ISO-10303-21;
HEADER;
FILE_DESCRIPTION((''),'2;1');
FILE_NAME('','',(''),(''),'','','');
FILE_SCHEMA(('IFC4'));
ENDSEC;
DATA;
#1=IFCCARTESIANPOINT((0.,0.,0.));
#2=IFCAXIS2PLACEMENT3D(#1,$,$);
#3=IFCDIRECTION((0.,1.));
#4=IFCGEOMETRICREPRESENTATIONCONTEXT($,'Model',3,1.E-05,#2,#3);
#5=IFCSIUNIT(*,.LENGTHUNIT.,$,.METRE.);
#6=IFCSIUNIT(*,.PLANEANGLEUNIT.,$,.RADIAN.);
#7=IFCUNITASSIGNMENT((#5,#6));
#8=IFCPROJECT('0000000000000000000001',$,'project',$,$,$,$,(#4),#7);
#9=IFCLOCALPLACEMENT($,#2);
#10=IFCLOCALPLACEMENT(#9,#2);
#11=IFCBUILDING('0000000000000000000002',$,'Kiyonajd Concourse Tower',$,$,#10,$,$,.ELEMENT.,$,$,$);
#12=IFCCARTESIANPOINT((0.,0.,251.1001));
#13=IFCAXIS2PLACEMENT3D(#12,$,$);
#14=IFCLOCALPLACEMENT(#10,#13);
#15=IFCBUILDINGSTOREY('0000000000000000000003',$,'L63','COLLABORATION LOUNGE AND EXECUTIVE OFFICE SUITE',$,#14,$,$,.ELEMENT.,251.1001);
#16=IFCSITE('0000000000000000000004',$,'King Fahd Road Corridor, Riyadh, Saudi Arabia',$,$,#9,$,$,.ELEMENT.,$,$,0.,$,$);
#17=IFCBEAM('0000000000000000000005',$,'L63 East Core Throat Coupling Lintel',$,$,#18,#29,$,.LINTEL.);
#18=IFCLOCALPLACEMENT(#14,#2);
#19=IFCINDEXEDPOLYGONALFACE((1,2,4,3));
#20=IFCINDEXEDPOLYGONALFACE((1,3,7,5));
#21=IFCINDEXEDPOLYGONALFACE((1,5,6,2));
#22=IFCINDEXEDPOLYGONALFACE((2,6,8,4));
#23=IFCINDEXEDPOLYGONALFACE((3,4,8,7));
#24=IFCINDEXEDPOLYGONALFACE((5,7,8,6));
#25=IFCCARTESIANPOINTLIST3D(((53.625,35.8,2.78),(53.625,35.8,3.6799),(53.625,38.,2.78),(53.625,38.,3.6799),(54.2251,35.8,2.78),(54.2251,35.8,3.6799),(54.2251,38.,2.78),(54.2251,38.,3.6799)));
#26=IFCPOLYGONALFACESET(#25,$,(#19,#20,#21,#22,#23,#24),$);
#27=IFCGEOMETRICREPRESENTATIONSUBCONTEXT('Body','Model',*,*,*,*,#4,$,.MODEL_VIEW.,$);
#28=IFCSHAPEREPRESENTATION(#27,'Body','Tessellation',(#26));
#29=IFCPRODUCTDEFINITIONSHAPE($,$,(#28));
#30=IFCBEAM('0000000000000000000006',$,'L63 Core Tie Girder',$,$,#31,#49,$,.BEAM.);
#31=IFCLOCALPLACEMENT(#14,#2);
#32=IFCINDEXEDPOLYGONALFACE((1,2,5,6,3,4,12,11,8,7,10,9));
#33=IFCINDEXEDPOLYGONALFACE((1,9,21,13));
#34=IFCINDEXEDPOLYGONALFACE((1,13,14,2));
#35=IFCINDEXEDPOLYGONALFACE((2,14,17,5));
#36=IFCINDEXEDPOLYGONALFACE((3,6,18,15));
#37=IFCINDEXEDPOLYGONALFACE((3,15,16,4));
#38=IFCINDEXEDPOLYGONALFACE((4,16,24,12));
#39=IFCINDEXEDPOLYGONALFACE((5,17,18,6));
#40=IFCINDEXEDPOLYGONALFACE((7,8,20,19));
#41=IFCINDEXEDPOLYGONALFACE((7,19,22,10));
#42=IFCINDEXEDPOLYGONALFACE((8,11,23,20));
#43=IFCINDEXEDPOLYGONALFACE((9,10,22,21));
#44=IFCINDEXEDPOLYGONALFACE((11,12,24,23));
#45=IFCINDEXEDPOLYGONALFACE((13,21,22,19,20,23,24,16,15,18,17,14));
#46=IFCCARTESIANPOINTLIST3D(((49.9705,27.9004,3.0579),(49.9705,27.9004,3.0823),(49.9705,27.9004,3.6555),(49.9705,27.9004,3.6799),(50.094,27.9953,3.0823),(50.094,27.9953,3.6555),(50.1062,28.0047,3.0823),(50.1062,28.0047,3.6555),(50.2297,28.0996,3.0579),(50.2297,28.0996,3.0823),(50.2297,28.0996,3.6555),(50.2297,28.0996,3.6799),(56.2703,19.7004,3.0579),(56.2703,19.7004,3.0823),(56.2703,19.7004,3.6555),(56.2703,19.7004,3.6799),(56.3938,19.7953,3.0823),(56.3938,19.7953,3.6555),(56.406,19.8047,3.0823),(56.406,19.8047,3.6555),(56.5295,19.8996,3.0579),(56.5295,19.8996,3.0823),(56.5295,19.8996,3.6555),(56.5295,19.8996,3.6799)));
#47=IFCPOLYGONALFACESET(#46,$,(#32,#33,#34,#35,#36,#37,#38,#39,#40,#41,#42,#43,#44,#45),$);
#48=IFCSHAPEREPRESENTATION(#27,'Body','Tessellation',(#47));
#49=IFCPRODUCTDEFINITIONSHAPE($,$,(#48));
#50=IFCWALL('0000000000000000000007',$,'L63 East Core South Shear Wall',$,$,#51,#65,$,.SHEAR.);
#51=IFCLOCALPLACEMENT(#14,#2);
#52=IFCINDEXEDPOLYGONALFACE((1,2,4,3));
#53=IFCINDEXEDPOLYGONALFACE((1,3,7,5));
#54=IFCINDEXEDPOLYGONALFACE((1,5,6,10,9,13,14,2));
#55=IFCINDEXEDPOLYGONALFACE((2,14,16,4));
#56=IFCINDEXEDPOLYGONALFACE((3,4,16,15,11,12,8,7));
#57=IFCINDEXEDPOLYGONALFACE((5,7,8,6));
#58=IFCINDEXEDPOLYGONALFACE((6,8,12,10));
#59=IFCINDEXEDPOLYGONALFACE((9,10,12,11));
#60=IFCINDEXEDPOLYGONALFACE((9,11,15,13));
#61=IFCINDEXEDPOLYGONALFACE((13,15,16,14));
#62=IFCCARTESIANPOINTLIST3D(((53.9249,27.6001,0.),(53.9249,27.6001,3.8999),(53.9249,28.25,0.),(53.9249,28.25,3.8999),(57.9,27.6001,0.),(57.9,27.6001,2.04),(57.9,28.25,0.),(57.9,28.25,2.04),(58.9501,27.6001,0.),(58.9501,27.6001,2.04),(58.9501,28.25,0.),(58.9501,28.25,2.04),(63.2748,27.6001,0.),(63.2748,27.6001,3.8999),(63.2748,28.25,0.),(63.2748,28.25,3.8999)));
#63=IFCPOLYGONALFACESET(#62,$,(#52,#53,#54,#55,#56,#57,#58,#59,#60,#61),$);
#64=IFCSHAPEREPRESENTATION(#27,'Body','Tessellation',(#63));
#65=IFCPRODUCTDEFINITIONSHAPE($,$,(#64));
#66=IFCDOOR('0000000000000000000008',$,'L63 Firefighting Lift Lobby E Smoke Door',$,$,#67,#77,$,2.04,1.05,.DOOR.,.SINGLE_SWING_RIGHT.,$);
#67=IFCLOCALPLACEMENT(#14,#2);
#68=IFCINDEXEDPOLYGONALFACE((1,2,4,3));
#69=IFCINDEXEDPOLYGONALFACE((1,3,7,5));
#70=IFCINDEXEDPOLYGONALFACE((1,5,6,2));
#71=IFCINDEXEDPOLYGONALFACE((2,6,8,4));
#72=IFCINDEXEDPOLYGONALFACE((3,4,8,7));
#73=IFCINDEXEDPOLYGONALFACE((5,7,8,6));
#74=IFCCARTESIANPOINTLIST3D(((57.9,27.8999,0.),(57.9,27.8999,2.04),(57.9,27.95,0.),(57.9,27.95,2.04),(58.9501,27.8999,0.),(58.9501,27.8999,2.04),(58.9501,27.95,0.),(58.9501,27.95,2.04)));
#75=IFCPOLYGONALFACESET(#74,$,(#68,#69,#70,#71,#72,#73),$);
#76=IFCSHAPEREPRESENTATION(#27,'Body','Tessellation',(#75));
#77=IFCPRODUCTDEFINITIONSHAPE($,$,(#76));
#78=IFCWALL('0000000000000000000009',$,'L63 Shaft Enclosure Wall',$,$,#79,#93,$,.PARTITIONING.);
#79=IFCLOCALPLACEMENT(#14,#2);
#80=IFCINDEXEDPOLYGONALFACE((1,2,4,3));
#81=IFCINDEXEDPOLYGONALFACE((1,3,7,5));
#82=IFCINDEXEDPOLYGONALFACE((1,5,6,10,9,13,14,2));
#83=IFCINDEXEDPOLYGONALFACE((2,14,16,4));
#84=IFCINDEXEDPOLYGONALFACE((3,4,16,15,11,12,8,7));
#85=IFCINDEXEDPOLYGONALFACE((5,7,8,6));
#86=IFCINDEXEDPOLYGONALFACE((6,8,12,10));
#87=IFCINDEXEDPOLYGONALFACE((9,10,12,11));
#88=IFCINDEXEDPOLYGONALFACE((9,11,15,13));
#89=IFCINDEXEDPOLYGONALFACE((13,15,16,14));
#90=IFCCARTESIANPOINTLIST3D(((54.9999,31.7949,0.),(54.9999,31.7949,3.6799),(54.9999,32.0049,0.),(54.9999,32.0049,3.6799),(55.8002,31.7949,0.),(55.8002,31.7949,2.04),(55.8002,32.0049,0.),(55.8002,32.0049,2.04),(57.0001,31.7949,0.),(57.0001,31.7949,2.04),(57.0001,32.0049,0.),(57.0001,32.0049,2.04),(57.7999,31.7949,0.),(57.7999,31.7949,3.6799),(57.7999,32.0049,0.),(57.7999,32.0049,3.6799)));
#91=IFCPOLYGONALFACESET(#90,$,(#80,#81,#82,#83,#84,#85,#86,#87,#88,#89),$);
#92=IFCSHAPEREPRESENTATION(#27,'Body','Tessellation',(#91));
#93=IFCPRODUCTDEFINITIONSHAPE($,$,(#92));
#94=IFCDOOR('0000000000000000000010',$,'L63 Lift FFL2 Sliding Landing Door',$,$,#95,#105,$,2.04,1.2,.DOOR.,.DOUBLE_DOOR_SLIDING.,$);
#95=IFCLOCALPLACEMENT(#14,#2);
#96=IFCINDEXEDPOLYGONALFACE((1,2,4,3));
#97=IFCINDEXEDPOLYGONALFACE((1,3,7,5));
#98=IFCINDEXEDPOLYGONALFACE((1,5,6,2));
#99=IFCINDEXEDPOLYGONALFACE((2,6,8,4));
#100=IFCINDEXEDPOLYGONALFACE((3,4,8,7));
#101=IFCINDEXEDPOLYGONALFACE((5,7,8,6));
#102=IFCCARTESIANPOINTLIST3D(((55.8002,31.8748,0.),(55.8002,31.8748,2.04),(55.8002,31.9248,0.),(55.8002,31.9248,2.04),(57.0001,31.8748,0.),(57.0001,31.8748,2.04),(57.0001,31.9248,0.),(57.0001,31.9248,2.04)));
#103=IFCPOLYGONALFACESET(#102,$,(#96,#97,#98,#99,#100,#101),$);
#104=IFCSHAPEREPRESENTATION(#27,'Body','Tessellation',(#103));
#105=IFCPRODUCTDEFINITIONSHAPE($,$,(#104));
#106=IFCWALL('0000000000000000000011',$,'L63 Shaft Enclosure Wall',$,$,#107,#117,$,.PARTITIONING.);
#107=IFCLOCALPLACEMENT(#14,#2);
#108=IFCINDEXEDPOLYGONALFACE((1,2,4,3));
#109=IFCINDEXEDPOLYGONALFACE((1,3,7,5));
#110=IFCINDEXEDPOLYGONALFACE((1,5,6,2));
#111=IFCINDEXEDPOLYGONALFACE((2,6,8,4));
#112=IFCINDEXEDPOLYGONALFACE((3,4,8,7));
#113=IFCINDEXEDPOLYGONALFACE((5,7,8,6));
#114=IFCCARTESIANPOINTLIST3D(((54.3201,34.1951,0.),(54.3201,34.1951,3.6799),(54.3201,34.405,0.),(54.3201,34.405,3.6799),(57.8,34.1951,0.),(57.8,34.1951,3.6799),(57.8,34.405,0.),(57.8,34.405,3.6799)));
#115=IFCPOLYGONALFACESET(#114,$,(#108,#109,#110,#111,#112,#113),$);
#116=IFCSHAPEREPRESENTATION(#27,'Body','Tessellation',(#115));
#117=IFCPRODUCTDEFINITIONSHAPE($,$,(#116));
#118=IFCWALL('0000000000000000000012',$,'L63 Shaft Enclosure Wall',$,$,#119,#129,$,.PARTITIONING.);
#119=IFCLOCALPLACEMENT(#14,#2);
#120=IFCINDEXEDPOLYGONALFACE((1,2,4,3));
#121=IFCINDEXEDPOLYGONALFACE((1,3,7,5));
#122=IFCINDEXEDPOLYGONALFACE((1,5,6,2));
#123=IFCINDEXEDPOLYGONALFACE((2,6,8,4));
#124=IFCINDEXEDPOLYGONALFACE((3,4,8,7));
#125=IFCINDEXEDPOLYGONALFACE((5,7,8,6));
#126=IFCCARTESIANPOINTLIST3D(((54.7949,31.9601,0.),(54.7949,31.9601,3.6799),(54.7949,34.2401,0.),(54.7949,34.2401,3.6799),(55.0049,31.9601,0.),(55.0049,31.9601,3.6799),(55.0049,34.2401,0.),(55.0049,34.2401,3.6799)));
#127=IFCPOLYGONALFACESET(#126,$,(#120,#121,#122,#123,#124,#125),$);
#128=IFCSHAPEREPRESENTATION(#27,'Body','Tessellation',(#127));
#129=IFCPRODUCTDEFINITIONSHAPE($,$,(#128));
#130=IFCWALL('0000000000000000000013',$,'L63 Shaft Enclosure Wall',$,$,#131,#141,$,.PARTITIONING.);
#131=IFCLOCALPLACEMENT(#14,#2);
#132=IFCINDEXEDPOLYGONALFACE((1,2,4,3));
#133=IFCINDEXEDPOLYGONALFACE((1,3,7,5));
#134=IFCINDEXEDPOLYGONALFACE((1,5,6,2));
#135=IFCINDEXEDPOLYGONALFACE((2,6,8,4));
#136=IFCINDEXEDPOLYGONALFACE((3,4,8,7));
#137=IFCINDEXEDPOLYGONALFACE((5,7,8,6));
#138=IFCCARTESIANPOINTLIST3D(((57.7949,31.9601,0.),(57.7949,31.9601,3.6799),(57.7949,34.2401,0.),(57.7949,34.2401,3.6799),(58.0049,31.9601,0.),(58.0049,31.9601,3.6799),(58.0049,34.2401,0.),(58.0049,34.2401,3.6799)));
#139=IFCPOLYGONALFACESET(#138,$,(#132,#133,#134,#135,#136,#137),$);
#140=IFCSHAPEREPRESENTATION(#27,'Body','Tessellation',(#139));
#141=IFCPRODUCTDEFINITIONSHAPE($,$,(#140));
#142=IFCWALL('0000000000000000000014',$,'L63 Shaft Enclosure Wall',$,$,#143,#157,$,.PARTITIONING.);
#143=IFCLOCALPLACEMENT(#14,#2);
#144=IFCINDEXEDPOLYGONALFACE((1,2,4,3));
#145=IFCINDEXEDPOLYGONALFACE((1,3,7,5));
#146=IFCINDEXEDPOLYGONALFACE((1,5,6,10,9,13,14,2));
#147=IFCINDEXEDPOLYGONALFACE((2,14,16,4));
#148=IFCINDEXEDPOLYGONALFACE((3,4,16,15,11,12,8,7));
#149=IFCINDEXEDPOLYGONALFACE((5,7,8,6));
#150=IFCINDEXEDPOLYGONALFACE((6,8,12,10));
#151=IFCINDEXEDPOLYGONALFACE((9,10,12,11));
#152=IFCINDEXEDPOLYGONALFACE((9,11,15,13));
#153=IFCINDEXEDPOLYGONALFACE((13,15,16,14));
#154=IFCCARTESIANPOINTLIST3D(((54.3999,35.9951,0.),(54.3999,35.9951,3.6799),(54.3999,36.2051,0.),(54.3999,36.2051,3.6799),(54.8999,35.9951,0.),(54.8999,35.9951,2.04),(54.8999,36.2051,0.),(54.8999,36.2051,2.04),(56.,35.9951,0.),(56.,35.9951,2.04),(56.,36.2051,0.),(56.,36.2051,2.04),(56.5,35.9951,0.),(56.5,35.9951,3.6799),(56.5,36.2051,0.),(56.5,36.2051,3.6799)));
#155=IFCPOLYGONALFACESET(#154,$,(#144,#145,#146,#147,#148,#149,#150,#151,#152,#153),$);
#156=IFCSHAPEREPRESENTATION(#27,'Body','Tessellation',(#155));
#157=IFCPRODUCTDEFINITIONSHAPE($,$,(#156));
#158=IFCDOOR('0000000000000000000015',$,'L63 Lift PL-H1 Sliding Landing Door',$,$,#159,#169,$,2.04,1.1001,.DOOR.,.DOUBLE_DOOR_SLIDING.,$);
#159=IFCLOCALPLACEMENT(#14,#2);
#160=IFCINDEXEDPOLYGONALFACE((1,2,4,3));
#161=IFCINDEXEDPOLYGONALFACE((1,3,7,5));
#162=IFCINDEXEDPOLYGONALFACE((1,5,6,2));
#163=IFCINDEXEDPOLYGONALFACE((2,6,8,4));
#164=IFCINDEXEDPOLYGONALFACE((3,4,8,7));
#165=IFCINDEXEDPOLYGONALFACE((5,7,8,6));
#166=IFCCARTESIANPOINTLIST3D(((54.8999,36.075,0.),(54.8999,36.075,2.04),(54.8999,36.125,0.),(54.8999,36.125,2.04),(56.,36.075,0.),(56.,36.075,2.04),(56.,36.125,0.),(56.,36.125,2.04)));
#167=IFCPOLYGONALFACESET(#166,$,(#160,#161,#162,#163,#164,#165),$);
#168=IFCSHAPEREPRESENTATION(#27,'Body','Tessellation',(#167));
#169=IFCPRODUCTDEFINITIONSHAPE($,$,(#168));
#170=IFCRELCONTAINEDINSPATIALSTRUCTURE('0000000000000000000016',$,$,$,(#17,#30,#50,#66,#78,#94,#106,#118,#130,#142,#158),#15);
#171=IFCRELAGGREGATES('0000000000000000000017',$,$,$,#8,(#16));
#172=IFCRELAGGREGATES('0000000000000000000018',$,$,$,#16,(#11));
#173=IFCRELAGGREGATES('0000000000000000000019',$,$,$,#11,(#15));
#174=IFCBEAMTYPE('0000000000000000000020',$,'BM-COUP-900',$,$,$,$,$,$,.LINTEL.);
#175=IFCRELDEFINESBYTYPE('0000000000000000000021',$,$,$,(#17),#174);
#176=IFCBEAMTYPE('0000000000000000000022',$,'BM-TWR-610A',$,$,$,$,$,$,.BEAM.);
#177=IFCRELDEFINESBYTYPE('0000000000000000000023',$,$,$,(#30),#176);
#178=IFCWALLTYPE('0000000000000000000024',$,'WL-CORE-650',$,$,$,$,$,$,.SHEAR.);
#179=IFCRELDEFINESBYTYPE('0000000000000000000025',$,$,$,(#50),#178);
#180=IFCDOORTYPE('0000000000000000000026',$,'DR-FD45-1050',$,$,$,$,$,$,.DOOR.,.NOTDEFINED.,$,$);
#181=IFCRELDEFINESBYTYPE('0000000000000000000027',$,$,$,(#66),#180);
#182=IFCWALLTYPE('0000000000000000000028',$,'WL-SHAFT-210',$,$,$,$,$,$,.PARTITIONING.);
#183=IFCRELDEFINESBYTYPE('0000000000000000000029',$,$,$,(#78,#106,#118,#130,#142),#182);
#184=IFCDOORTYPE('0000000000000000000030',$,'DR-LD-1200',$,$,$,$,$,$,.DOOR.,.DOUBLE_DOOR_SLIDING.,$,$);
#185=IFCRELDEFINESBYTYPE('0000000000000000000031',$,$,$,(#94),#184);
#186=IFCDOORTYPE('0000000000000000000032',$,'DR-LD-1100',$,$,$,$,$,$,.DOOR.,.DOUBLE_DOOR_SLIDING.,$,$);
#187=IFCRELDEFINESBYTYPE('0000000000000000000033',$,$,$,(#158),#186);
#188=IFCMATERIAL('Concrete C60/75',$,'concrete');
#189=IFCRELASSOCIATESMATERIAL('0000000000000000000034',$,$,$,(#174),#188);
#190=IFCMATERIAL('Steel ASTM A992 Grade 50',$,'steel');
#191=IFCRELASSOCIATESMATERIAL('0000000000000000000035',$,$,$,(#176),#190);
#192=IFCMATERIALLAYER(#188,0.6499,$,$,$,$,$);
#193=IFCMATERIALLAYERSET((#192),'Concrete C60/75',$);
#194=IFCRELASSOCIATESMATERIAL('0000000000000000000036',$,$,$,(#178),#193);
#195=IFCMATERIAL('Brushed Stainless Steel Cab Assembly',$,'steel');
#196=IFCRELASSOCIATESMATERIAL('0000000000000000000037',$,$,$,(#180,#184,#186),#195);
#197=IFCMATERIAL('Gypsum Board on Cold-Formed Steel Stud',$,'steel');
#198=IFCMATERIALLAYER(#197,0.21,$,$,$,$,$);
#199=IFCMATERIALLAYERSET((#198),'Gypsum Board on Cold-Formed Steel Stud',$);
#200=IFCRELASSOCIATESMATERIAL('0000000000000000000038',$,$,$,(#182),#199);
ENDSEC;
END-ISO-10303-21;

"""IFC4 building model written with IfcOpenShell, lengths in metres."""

from ifc_helpers import new_model, si_unit, direction, frame, frame_2d, origin, origin_2d, place, context, subcontext, project, spatial, rectangle, i_section, extrude, material, layer, layer_set, material_profile, profile_set, type_object, element, fill, save


model = new_model("IFC4")

# Units and contexts
model_context = context("Model", 3, precision=1e-05, world=origin(), true_north=direction((0.0, 1.0)))
body_context = subcontext(model_context, "Body", "Model", "MODEL_VIEW")
ifc_project = project(units=[si_unit("LENGTHUNIT", "METRE"), si_unit("PLANEANGLEUNIT", "RADIAN")], contexts=[model_context])

# Site, building, storey
site_placement = place(None, origin())
site = spatial("IfcSite", under=ifc_project, at=site_placement, Name="King Fahd Road Corridor, Riyadh, Saudi Arabia", CompositionType="ELEMENT", RefElevation=0.0)
building_placement = place(site_placement, origin())
building = spatial("IfcBuilding", under=site, at=building_placement, Name="Kiyonajd Concourse Tower", CompositionType="ELEMENT")
storey_placement = place(building_placement, frame((0.0, 0.0, 251.1001)))
storey = spatial("IfcBuildingStorey", under=building, at=storey_placement, Name="L63", Description="COLLABORATION LOUNGE AND EXECUTIVE OFFICE SUITE", CompositionType="ELEMENT", Elevation=251.1001)

# Beams
ifc_material_1 = material(Name="Concrete C60/75", Category="concrete")
ifc_material_profile_1 = material_profile(ifc_material_1, rectangle(XDim=0.6001, YDim=0.8999, at=origin_2d()), Name="RCBM-600x900")
ifc_profile_set_1 = profile_set([ifc_material_profile_1], Name="Concrete C60/75")
beam_type_1 = type_object("IfcBeamType", Name="BM-COUP-900", PredefinedType="LINTEL", material=ifc_profile_set_1)
beam_1_placement = place(storey_placement, frame((53.925, 35.8, 3.23), z_axis=(0.0, 1.0, 0.0), x_axis=(-1.0, 0.0, 0.0)))
element("IfcBeam", 1, at=beam_1_placement, inside=storey, type_object=beam_type_1, Name="L63 East Core Throat Coupling Lintel", PredefinedType="LINTEL", context=body_context, shape_type="SweptSolid", body=[
    extrude(rectangle(XDim=0.6001, YDim=0.8999, at=origin_2d()), origin(), (0.0, 0.0, 1.0), 2.2),
])
ifc_material_2 = material(Name="Steel ASTM A992 Grade 50", Category="steel")
ifc_material_profile_2 = material_profile(ifc_material_2, i_section(OverallWidth=0.3269, OverallDepth=0.6221, WebThickness=0.0154, FlangeThickness=0.0244, at=origin_2d()), Name="W610X195")
ifc_profile_set_2 = profile_set([ifc_material_profile_2], Name="Steel ASTM A992 Grade 50")
beam_type_2 = type_object("IfcBeamType", Name="BM-TWR-610A", PredefinedType="BEAM", material=ifc_profile_set_2)
beam_2_placement = place(storey_placement, frame((50.1001, 28.0, 3.3689), z_axis=(0.609234, -0.792991, 0.0), x_axis=(0.792991, 0.609234, 0.0)))
element("IfcBeam", 2, at=beam_2_placement, inside=storey, type_object=beam_type_2, Name="L63 Core Tie Girder", PredefinedType="BEAM", context=body_context, shape_type="SweptSolid", body=[
    extrude(i_section(OverallWidth=0.3269, OverallDepth=0.6221, WebThickness=0.0154, FlangeThickness=0.0244, at=origin_2d()), origin(), (0.0, 0.0, 1.0), 10.3406),
])

# Walls, openings, doors
ifc_layer_1 = layer(ifc_material_1, 0.6499)
ifc_layer_set_1 = layer_set([ifc_layer_1], Name="Concrete C60/75")
wall_type_1 = type_object("IfcWallType", Name="WL-CORE-650", PredefinedType="SHEAR", material=ifc_layer_set_1)
wall_1_placement = place(storey_placement, frame((53.925, 27.925, 0.0), z_axis=(0.0, 0.0, 1.0), x_axis=(1.0, 0.0, 0.0)))
wall_1 = element("IfcWall", 3, at=wall_1_placement, inside=storey, type_object=wall_type_1, Name="L63 East Core South Shear Wall", PredefinedType="SHEAR", context=body_context, shape_type="SweptSolid", body=[
    extrude(rectangle(XDim=9.3499, YDim=0.6499, at=frame_2d((4.6748, 0.0))), origin(), (0.0, 0.0, 1.0), 3.8999),
])
opening_1_placement = place(wall_1_placement, frame((3.9751, 0.0, 0.0)))
opening_1 = element("IfcOpeningElement", 4, at=opening_1_placement, cuts=wall_1, PredefinedType="OPENING", context=body_context, shape_type="SweptSolid", body=[
    extrude(rectangle(XDim=1.05, YDim=2.04, at=frame_2d((0.5249, 1.02))), frame((0.0, 0.335, 0.0), z_axis=(0.0, -1.0, 0.0), x_axis=(1.0, 0.0, 0.0)), (0.0, 0.0, 1.0), 0.6699),
])
ifc_material_3 = material(Name="Brushed Stainless Steel Cab Assembly", Category="steel")
door_type_1 = type_object("IfcDoorType", Name="DR-FD45-1050", OperationType="NOTDEFINED", PredefinedType="DOOR", material=ifc_material_3)
door_1_placement = place(opening_1_placement, origin())
door_1 = element("IfcDoor", 5, at=door_1_placement, inside=storey, type_object=door_type_1, Name="L63 Firefighting Lift Lobby E Smoke Door", OperationType="SINGLE_SWING_RIGHT", OverallHeight=2.04, OverallWidth=1.05, PredefinedType="DOOR", context=body_context, shape_type="SweptSolid", body=[
    extrude(rectangle(XDim=1.05, YDim=2.04, at=frame_2d((0.5249, 1.02))), frame((0.0, 0.0249, 0.0), z_axis=(0.0, -1.0, 0.0), x_axis=(1.0, 0.0, 0.0)), (0.0, 0.0, 1.0), 0.05),
])
fill(opening_1, door_1)
ifc_material_4 = material(Name="Gypsum Board on Cold-Formed Steel Stud", Category="steel")
ifc_layer_2 = layer(ifc_material_4, 0.21)
ifc_layer_set_2 = layer_set([ifc_layer_2], Name="Gypsum Board on Cold-Formed Steel Stud")
wall_type_2 = type_object("IfcWallType", Name="WL-SHAFT-210", PredefinedType="PARTITIONING", material=ifc_layer_set_2)
wall_2_placement = place(storey_placement, frame((55.0, 31.8999, 0.0), z_axis=(0.0, 0.0, 1.0), x_axis=(1.0, 0.0, 0.0)))
wall_2 = element("IfcWall", 6, at=wall_2_placement, inside=storey, type_object=wall_type_2, Name="L63 Shaft Enclosure Wall", PredefinedType="PARTITIONING", context=body_context, shape_type="SweptSolid", body=[
    extrude(rectangle(XDim=2.8, YDim=0.21, at=frame_2d((1.3999, 0.0))), origin(), (0.0, 0.0, 1.0), 3.6799),
])
opening_2_placement = place(wall_2_placement, frame((0.8, 0.0, 0.0)))
opening_2 = element("IfcOpeningElement", 7, at=opening_2_placement, cuts=wall_2, PredefinedType="OPENING", context=body_context, shape_type="SweptSolid", body=[
    extrude(rectangle(XDim=1.2, YDim=2.04, at=frame_2d((0.6001, 1.02))), frame((0.0, 0.115, 0.0), z_axis=(0.0, -1.0, 0.0), x_axis=(1.0, 0.0, 0.0)), (0.0, 0.0, 1.0), 0.23),
])
door_type_2 = type_object("IfcDoorType", Name="DR-LD-1200", OperationType="DOUBLE_DOOR_SLIDING", PredefinedType="DOOR", material=ifc_material_3)
door_2_placement = place(opening_2_placement, origin())
door_2 = element("IfcDoor", 8, at=door_2_placement, inside=storey, type_object=door_type_2, Name="L63 Lift FFL2 Sliding Landing Door", OperationType="DOUBLE_DOOR_SLIDING", OverallHeight=2.04, OverallWidth=1.2, PredefinedType="DOOR", context=body_context, shape_type="SweptSolid", body=[
    extrude(rectangle(XDim=1.2, YDim=2.04, at=frame_2d((0.6001, 1.02))), frame((0.0, 0.0249, 0.0), z_axis=(0.0, -1.0, 0.0), x_axis=(1.0, 0.0, 0.0)), (0.0, 0.0, 1.0), 0.05),
])
fill(opening_2, door_2)

# Walls
wall_3_placement = place(storey_placement, frame((54.3201, 34.3, 0.0), z_axis=(0.0, 0.0, 1.0), x_axis=(1.0, 0.0, 0.0)))
element("IfcWall", 9, at=wall_3_placement, inside=storey, type_object=wall_type_2, Name="L63 Shaft Enclosure Wall", PredefinedType="PARTITIONING", context=body_context, shape_type="SweptSolid", body=[
    extrude(rectangle(XDim=3.48, YDim=0.21, at=frame_2d((1.74, 0.0))), origin(), (0.0, 0.0, 1.0), 3.6799),
])
for number, where, z_axis, x_axis, name in (
    (10, (54.8999, 31.96, 0.0), (0.0, 0.0, 1.0), (0.0, 1.0, 0.0), "L63 Shaft Enclosure Wall"),
    (11, (57.8999, 31.96, 0.0), (0.0, 0.0, 1.0), (0.0, 1.0, 0.0), "L63 Shaft Enclosure Wall"),
):
    element("IfcWall", number, at=place(storey_placement, frame(where, z_axis=z_axis, x_axis=x_axis)), inside=storey, type_object=wall_type_2, Name=name, PredefinedType="PARTITIONING", context=body_context, shape_type="SweptSolid", body=[
        extrude(rectangle(XDim=2.28, YDim=0.21, at=frame_2d((1.1401, 0.0))), origin(), (0.0, 0.0, 1.0), 3.6799),
    ])

# Wall, opening, door
wall_4_placement = place(storey_placement, frame((54.3999, 36.1001, 0.0), z_axis=(0.0, 0.0, 1.0), x_axis=(1.0, 0.0, 0.0)))
wall_4 = element("IfcWall", 12, at=wall_4_placement, inside=storey, type_object=wall_type_2, Name="L63 Shaft Enclosure Wall", PredefinedType="PARTITIONING", context=body_context, shape_type="SweptSolid", body=[
    extrude(rectangle(XDim=2.1001, YDim=0.21, at=frame_2d((1.05, 0.0))), origin(), (0.0, 0.0, 1.0), 3.6799),
])
opening_3_placement = place(wall_4_placement, frame((0.5, 0.0, 0.0)))
opening_3 = element("IfcOpeningElement", 13, at=opening_3_placement, cuts=wall_4, PredefinedType="OPENING", context=body_context, shape_type="SweptSolid", body=[
    extrude(rectangle(XDim=1.1001, YDim=2.04, at=frame_2d((0.55, 1.02))), frame((0.0, 0.115, 0.0), z_axis=(0.0, -1.0, 0.0), x_axis=(1.0, 0.0, 0.0)), (0.0, 0.0, 1.0), 0.23),
])
door_type_3 = type_object("IfcDoorType", Name="DR-LD-1100", OperationType="DOUBLE_DOOR_SLIDING", PredefinedType="DOOR", material=ifc_material_3)
door_3_placement = place(opening_3_placement, origin())
door_3 = element("IfcDoor", 14, at=door_3_placement, inside=storey, type_object=door_type_3, Name="L63 Lift PL-H1 Sliding Landing Door", OperationType="DOUBLE_DOOR_SLIDING", OverallHeight=2.04, OverallWidth=1.1001, PredefinedType="DOOR", context=body_context, shape_type="SweptSolid", body=[
    extrude(rectangle(XDim=1.1001, YDim=2.04, at=frame_2d((0.55, 1.02))), frame((0.0, 0.0249, 0.0), z_axis=(0.0, -1.0, 0.0), x_axis=(1.0, 0.0, 0.0)), (0.0, 0.0, 1.0), 0.05),
])
fill(opening_3, door_3)

save(model, "model.ifc")
